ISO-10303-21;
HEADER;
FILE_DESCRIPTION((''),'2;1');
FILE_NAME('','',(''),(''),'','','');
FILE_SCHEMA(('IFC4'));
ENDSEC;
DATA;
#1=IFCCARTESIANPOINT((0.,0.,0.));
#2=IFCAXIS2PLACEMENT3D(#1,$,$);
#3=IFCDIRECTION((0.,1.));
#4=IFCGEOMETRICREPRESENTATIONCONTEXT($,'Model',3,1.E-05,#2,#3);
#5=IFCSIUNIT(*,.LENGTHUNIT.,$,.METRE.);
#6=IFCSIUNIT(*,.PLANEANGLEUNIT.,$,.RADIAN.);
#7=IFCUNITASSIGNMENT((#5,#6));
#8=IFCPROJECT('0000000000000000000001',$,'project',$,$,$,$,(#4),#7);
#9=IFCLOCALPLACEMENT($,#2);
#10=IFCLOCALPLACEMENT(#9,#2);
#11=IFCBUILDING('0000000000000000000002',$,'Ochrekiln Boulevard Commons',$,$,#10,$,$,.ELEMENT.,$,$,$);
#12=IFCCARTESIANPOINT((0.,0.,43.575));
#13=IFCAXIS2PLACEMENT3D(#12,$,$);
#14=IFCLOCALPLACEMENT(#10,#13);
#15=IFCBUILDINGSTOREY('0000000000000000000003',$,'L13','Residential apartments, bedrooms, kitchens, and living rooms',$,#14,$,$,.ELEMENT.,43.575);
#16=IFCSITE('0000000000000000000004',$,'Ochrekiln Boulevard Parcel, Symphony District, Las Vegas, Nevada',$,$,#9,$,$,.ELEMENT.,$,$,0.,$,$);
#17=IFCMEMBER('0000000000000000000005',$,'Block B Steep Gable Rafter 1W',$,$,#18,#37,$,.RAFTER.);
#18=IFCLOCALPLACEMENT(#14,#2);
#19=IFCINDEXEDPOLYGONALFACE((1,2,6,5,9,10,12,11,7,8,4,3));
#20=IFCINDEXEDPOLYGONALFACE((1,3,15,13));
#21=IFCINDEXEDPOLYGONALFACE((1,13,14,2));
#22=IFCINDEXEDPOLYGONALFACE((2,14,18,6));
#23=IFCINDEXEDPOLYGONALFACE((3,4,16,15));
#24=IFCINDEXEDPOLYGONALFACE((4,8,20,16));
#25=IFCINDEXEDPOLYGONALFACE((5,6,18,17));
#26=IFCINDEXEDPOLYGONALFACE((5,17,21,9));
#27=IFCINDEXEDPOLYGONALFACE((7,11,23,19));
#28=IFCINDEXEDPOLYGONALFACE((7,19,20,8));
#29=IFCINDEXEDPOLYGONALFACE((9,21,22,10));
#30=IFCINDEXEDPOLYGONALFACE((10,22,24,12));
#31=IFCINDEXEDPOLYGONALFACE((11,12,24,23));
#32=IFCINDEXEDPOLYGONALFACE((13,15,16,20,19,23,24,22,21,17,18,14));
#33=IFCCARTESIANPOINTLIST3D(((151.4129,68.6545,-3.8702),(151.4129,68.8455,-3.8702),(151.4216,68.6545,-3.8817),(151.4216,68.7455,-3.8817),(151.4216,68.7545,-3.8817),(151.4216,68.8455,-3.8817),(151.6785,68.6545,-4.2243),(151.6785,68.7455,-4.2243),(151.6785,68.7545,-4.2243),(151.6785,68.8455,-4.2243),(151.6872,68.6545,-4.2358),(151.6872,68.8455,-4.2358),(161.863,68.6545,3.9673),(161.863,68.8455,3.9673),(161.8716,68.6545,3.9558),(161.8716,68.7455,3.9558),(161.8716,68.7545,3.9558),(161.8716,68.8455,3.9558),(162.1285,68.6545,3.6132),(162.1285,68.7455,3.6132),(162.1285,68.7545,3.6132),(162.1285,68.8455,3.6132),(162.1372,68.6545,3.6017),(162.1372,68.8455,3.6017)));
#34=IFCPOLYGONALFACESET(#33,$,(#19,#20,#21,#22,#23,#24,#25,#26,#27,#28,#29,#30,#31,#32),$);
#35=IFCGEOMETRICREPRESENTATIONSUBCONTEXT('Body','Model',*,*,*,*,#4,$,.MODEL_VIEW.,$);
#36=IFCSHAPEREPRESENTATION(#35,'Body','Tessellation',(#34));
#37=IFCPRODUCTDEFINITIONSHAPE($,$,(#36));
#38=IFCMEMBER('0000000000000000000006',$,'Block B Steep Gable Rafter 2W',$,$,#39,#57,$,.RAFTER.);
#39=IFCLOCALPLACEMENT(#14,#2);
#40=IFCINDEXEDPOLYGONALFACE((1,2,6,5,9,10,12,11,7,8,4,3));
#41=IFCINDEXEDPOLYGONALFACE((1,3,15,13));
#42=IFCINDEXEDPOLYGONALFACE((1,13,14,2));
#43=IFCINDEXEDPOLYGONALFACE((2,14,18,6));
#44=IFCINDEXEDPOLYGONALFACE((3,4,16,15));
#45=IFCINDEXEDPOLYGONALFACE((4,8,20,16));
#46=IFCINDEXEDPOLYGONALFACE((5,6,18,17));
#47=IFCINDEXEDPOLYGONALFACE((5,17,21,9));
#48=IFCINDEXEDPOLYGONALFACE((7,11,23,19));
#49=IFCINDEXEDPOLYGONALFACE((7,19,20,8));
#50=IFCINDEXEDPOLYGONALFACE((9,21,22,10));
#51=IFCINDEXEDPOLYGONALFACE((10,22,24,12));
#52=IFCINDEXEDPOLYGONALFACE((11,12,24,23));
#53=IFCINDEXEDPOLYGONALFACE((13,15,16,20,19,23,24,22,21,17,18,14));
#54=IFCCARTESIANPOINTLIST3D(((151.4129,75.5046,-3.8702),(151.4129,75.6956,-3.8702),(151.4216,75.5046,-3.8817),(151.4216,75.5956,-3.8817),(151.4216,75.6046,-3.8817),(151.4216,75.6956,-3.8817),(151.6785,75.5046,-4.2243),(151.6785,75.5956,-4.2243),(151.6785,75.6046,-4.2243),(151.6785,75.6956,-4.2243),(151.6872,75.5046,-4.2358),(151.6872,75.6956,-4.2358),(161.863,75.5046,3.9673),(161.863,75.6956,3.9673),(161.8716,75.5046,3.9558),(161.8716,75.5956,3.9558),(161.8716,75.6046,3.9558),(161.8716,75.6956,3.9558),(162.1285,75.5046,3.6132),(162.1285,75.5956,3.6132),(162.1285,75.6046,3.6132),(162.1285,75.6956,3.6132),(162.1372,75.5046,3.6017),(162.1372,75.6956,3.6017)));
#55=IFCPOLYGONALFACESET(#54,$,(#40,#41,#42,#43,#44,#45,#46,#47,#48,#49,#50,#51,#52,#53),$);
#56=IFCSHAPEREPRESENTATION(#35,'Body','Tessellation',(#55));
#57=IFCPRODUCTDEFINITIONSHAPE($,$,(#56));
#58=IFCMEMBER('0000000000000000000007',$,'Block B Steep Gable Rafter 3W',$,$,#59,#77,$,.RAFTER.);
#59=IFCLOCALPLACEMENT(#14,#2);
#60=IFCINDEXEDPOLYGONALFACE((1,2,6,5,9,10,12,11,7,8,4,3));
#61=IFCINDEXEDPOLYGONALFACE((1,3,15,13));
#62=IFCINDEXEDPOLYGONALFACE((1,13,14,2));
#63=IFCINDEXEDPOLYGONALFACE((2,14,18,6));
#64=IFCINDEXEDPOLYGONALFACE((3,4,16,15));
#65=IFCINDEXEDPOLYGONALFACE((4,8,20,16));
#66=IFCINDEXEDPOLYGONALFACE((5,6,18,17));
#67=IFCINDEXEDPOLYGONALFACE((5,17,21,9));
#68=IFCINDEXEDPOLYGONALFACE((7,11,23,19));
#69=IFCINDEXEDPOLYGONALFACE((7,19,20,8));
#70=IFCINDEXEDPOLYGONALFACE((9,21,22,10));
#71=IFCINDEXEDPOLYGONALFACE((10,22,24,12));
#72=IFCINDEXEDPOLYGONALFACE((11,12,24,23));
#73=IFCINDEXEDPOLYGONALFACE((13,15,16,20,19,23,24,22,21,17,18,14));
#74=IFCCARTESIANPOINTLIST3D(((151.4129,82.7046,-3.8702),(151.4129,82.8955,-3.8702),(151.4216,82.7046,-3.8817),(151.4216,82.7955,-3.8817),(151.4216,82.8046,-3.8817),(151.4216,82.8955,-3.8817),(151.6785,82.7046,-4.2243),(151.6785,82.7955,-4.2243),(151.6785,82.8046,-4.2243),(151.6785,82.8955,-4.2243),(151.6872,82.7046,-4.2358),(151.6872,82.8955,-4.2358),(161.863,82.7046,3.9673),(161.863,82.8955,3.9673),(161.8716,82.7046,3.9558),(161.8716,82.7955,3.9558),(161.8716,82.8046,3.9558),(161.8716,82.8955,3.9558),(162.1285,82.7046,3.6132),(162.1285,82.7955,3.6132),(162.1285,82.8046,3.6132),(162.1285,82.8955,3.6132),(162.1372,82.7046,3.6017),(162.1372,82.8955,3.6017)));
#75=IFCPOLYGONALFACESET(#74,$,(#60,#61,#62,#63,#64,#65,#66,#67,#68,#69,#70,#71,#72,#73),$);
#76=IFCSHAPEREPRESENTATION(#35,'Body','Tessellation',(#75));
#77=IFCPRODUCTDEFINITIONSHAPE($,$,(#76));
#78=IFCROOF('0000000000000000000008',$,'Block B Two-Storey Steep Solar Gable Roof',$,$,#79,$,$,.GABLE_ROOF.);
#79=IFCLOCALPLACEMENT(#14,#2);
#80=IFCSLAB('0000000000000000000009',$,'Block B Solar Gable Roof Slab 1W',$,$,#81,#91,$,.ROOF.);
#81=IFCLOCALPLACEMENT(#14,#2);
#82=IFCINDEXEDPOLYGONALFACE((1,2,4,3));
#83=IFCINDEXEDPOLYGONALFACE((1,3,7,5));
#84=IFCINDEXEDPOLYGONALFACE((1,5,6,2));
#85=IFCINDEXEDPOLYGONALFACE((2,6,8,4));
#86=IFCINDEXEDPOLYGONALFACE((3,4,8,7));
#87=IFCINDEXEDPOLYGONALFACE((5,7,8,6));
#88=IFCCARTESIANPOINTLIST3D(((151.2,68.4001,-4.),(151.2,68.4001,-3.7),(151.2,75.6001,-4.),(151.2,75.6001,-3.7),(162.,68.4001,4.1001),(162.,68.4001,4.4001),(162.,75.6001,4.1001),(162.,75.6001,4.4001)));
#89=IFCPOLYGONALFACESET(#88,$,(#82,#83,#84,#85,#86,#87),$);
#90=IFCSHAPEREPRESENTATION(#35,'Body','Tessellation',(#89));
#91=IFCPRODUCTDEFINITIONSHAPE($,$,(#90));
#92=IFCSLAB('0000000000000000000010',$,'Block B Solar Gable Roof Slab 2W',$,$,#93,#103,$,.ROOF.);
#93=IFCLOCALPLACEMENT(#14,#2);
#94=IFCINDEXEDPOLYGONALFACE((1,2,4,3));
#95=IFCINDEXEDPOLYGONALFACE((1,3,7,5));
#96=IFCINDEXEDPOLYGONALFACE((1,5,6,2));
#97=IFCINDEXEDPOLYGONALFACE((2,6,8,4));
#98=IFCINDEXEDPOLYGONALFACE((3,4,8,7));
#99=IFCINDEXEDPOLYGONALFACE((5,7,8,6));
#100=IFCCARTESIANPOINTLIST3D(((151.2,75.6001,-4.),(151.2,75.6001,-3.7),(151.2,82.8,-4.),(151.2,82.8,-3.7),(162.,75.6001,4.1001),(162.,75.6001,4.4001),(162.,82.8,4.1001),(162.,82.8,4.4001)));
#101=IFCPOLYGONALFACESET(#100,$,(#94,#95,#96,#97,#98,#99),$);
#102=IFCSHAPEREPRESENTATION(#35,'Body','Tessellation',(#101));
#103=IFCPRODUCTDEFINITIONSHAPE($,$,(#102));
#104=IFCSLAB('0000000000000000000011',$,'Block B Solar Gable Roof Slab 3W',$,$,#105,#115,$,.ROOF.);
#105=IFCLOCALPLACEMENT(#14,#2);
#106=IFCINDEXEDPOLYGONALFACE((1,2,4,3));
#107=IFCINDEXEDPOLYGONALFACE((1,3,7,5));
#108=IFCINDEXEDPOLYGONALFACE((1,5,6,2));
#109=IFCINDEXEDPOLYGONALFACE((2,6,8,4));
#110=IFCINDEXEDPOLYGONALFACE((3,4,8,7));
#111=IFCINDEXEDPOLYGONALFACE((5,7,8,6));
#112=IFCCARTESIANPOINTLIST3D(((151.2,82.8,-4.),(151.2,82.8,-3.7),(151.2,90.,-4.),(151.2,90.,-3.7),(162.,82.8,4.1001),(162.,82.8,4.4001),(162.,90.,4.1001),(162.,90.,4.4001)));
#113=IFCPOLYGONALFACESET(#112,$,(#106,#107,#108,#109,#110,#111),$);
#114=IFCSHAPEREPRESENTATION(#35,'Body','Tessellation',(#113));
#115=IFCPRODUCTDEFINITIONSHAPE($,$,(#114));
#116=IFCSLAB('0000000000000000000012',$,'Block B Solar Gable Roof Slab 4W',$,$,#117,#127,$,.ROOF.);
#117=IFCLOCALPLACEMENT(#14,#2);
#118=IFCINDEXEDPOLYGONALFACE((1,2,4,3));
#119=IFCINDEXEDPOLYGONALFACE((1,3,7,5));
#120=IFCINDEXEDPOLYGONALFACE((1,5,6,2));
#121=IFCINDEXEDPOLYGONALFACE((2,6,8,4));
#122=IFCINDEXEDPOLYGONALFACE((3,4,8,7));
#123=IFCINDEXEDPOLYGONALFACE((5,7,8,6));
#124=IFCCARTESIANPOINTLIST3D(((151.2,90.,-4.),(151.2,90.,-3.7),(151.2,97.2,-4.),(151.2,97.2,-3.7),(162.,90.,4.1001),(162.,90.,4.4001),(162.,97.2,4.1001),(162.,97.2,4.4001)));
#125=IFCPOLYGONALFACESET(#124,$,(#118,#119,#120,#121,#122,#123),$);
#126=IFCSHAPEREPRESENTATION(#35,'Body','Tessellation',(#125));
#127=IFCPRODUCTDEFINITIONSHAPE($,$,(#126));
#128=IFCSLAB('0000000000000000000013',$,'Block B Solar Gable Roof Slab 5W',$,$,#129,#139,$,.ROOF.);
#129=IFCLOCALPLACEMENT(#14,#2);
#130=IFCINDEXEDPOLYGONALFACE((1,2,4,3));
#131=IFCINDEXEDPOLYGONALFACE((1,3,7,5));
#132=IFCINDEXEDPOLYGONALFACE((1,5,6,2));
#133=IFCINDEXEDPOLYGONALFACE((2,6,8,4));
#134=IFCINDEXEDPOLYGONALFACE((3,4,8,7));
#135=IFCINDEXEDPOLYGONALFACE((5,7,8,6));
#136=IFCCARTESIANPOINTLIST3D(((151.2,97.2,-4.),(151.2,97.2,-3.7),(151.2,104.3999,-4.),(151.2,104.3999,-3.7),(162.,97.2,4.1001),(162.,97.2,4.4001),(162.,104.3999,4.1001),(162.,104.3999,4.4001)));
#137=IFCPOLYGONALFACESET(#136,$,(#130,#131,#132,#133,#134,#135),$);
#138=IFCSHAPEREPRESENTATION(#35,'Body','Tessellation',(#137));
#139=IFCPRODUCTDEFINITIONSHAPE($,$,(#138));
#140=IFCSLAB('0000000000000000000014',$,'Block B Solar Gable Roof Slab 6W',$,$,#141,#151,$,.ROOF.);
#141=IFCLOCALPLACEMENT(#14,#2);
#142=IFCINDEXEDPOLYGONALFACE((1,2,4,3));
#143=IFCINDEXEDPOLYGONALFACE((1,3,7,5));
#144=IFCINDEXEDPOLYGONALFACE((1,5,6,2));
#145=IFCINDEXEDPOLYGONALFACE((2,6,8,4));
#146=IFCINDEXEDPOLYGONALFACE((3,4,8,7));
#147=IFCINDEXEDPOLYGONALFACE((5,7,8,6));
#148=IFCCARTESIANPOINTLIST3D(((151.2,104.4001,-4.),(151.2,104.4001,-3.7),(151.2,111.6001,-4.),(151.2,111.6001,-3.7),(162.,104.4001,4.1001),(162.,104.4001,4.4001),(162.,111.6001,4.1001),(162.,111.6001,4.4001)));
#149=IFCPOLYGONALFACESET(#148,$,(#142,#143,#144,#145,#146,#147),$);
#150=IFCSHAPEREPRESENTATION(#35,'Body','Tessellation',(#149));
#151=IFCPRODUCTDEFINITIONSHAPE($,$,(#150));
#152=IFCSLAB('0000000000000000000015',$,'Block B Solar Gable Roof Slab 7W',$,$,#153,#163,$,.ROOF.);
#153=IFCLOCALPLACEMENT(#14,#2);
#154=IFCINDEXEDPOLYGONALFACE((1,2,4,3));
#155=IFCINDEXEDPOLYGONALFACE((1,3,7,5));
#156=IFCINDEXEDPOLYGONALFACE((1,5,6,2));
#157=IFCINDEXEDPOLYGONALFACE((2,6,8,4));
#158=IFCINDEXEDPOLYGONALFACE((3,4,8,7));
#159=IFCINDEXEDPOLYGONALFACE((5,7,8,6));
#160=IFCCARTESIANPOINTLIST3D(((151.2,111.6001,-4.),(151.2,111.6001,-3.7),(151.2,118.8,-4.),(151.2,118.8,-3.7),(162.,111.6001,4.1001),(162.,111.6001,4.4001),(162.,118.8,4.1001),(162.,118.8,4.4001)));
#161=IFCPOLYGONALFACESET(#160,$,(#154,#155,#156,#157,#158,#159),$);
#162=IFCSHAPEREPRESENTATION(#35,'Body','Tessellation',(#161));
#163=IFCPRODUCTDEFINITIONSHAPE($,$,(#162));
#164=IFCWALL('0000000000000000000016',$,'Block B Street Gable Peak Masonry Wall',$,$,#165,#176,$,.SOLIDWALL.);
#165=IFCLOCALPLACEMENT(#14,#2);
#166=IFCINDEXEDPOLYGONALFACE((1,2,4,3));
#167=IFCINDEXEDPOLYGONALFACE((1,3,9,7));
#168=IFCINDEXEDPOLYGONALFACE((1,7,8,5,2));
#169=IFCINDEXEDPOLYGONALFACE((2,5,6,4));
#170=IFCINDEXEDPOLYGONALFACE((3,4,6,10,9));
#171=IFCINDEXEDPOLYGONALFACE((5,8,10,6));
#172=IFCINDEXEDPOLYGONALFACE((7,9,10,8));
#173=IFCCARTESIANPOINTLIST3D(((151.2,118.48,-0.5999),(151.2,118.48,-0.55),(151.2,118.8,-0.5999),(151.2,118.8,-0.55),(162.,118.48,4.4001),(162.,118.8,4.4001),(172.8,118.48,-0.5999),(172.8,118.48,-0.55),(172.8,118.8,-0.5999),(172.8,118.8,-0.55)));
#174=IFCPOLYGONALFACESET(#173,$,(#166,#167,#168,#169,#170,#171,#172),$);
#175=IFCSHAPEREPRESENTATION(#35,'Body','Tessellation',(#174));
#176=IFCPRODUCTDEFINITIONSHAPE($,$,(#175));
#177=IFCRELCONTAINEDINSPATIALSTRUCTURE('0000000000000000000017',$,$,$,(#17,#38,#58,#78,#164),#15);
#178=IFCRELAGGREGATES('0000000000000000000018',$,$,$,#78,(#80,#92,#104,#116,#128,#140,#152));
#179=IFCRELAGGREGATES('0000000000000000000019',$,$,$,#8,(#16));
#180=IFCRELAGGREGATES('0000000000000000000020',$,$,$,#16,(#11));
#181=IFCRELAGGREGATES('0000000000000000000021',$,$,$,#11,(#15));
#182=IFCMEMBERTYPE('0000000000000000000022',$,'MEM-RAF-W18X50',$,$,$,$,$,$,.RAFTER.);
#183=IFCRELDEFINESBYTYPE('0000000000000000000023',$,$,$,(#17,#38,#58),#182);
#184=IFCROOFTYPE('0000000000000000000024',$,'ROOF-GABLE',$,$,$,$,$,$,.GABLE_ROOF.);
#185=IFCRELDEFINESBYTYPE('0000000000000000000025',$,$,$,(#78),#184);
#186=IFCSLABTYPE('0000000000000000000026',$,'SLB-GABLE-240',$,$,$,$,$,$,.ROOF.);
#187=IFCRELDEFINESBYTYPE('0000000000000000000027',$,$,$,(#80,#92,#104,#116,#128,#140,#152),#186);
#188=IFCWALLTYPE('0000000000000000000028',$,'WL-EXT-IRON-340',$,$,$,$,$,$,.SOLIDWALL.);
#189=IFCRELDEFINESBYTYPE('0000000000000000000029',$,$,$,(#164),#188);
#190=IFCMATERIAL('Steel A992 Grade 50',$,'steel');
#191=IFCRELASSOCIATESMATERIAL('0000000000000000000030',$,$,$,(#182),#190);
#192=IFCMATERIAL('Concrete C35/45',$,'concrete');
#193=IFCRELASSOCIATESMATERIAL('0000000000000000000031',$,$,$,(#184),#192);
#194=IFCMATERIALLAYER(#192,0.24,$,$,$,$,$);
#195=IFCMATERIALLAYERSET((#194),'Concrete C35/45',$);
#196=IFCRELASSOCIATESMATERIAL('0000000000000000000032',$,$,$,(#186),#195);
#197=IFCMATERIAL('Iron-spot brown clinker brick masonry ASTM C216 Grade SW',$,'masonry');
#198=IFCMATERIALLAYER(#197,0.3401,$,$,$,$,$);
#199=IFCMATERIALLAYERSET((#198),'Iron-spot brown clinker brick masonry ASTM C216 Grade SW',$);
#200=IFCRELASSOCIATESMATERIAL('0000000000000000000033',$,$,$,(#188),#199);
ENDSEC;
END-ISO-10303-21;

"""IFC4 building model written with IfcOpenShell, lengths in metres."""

from ifc_helpers import new_model, si_unit, direction, frame, origin, origin_2d, place, context, subcontext, project, spatial, polyline, i_section, outline, extrude, material, layer, layer_set, material_profile, profile_set, type_object, element, aggregate, save


model = new_model("IFC4")

# Units and contexts
model_context = context("Model", 3, precision=1e-05, world=origin(), true_north=direction((0.0, 1.0)))
body_context = subcontext(model_context, "Body", "Model", "MODEL_VIEW")
ifc_project = project(units=[si_unit("LENGTHUNIT", "METRE"), si_unit("PLANEANGLEUNIT", "RADIAN")], contexts=[model_context])

# Site, building, storey
site_placement = place(None, origin())
site = spatial("IfcSite", under=ifc_project, at=site_placement, Name="Ochrekiln Boulevard Parcel, Symphony District, Las Vegas, Nevada", CompositionType="ELEMENT", RefElevation=0.0)
building_placement = place(site_placement, origin())
building = spatial("IfcBuilding", under=site, at=building_placement, Name="Ochrekiln Boulevard Commons", CompositionType="ELEMENT")
storey_placement = place(building_placement, frame((0.0, 0.0, 43.575)))
storey = spatial("IfcBuildingStorey", under=building, at=storey_placement, Name="L13", Description="Residential apartments, bedrooms, kitchens, and living rooms", CompositionType="ELEMENT", Elevation=43.575)

# Members
ifc_material_1 = material(Name="Steel A992 Grade 50", Category="steel")
ifc_material_profile = material_profile(ifc_material_1, i_section(OverallWidth=0.1909, OverallDepth=0.457, WebThickness=0.009, FlangeThickness=0.0144, at=origin_2d()), Name="W18X50")
ifc_profile_set = profile_set([ifc_material_profile], Name="Steel A992 Grade 50")
member_type = type_object("IfcMemberType", Name="MEM-RAF-W18X50", PredefinedType="RAFTER", material=ifc_profile_set)
for number, where, z_axis, x_axis, name in (
    (1, (151.55, 68.75, -4.053), (0.800002, 0.0, 0.599997), (0.0, 1.0, 0.0), "Block B Steep Gable Rafter 1W"),
    (2, (151.55, 75.6001, -4.053), (0.800002, 0.0, 0.599997), (0.0, 1.0, 0.0), "Block B Steep Gable Rafter 2W"),
    (3, (151.55, 82.8, -4.053), (0.800002, 0.0, 0.599997), (0.0, 1.0, 0.0), "Block B Steep Gable Rafter 3W"),
):
    element("IfcMember", number, at=place(storey_placement, frame(where, z_axis=z_axis, x_axis=x_axis)), inside=storey, type_object=member_type, Name=name, PredefinedType="RAFTER", context=body_context, shape_type="SweptSolid", body=[
        extrude(i_section(OverallWidth=0.1909, OverallDepth=0.457, WebThickness=0.009, FlangeThickness=0.0144, at=origin_2d()), origin(), (0.0, 0.0, 1.0), 13.0625),
    ])

# Roof, slabs
ifc_material_2 = material(Name="Concrete C35/45", Category="concrete")
roof_type = type_object("IfcRoofType", Name="ROOF-GABLE", PredefinedType="GABLE_ROOF", material=ifc_material_2)
roof_placement = place(storey_placement, origin())
roof = element("IfcRoof", 4, at=roof_placement, inside=storey, type_object=roof_type, Name="Block B Two-Storey Steep Solar Gable Roof", PredefinedType="GABLE_ROOF")
ifc_layer_1 = layer(ifc_material_2, 0.24)
ifc_layer_set_1 = layer_set([ifc_layer_1], Name="Concrete C35/45")
slab_type = type_object("IfcSlabType", Name="SLB-GABLE-240", PredefinedType="ROOF", material=ifc_layer_set_1)
slab_1_placement = place(storey_placement, frame((151.2, 75.6001, -3.7), z_axis=(0.0, -1.0, 0.0), x_axis=(1.0, 0.0, 0.0)))
slab_1 = element("IfcSlab", 5, at=slab_1_placement, type_object=slab_type, Name="Block B Solar Gable Roof Slab 1W", PredefinedType="ROOF", context=body_context, shape_type="SweptSolid", body=[
    extrude(outline(polyline([(0.0, 0.0), (10.8, 8.1001), (10.8, 7.8), (0.0, -0.3), (0.0, 0.0)])), origin(), (0.0, 0.0, 1.0), 7.2),
])
slab_2_placement = place(storey_placement, frame((151.2, 82.8, -3.7), z_axis=(0.0, -1.0, 0.0), x_axis=(1.0, 0.0, 0.0)))
slab_2 = element("IfcSlab", 6, at=slab_2_placement, type_object=slab_type, Name="Block B Solar Gable Roof Slab 2W", PredefinedType="ROOF", context=body_context, shape_type="SweptSolid", body=[
    extrude(outline(polyline([(0.0, 0.0), (10.8, 8.1001), (10.8, 7.8), (0.0, -0.3), (0.0, 0.0)])), origin(), (0.0, 0.0, 1.0), 7.2),
])
slab_3_placement = place(storey_placement, frame((151.2, 90.0, -3.7), z_axis=(0.0, -1.0, 0.0), x_axis=(1.0, 0.0, 0.0)))
slab_3 = element("IfcSlab", 7, at=slab_3_placement, type_object=slab_type, Name="Block B Solar Gable Roof Slab 3W", PredefinedType="ROOF", context=body_context, shape_type="SweptSolid", body=[
    extrude(outline(polyline([(0.0, 0.0), (10.8, 8.1001), (10.8, 7.8), (0.0, -0.3), (0.0, 0.0)])), origin(), (0.0, 0.0, 1.0), 7.2),
])
slab_4_placement = place(storey_placement, frame((151.2, 97.2, -3.7), z_axis=(0.0, -1.0, 0.0), x_axis=(1.0, 0.0, 0.0)))
slab_4 = element("IfcSlab", 8, at=slab_4_placement, type_object=slab_type, Name="Block B Solar Gable Roof Slab 4W", PredefinedType="ROOF", context=body_context, shape_type="SweptSolid", body=[
    extrude(outline(polyline([(0.0, 0.0), (10.8, 8.1001), (10.8, 7.8), (0.0, -0.3), (0.0, 0.0)])), origin(), (0.0, 0.0, 1.0), 7.2),
])
slab_5_placement = place(storey_placement, frame((151.2, 104.3999, -3.7), z_axis=(0.0, -1.0, 0.0), x_axis=(1.0, 0.0, 0.0)))
slab_5 = element("IfcSlab", 9, at=slab_5_placement, type_object=slab_type, Name="Block B Solar Gable Roof Slab 5W", PredefinedType="ROOF", context=body_context, shape_type="SweptSolid", body=[
    extrude(outline(polyline([(0.0, 0.0), (10.8, 8.1001), (10.8, 7.8), (0.0, -0.3), (0.0, 0.0)])), origin(), (0.0, 0.0, 1.0), 7.2),
])
slab_6_placement = place(storey_placement, frame((151.2, 111.6001, -3.7), z_axis=(0.0, -1.0, 0.0), x_axis=(1.0, 0.0, 0.0)))
slab_6 = element("IfcSlab", 10, at=slab_6_placement, type_object=slab_type, Name="Block B Solar Gable Roof Slab 6W", PredefinedType="ROOF", context=body_context, shape_type="SweptSolid", body=[
    extrude(outline(polyline([(0.0, 0.0), (10.8, 8.1001), (10.8, 7.8), (0.0, -0.3), (0.0, 0.0)])), origin(), (0.0, 0.0, 1.0), 7.2),
])
slab_7_placement = place(storey_placement, frame((151.2, 118.8, -3.7), z_axis=(0.0, -1.0, 0.0), x_axis=(1.0, 0.0, 0.0)))
slab_7 = element("IfcSlab", 11, at=slab_7_placement, type_object=slab_type, Name="Block B Solar Gable Roof Slab 7W", PredefinedType="ROOF", context=body_context, shape_type="SweptSolid", body=[
    extrude(outline(polyline([(0.0, 0.0), (10.8, 8.1001), (10.8, 7.8), (0.0, -0.3), (0.0, 0.0)])), origin(), (0.0, 0.0, 1.0), 7.2),
])
aggregate(roof, [slab_1, slab_2, slab_3, slab_4, slab_5, slab_6, slab_7])

# Wall
ifc_material_3 = material(Name="Iron-spot brown clinker brick masonry ASTM C216 Grade SW", Category="masonry")
ifc_layer_2 = layer(ifc_material_3, 0.3401)
ifc_layer_set_2 = layer_set([ifc_layer_2], Name="Iron-spot brown clinker brick masonry ASTM C216 Grade SW")
wall_type_1 = type_object("IfcWallType", Name="WL-EXT-IRON-340", PredefinedType="SOLIDWALL", material=ifc_layer_set_2)
wall_1_placement = place(storey_placement, frame((151.2, 118.6399, -0.5999), z_axis=(0.0, 0.0, 1.0), x_axis=(1.0, 0.0, 0.0)))
element("IfcWall", 12, at=wall_1_placement, inside=storey, type_object=wall_type_1, Name="Block B Street Gable Peak Masonry Wall", PredefinedType="SOLIDWALL", context=body_context, shape_type="SweptSolid", body=[
    extrude(outline(polyline([(0.0, 0.0), (21.6001, 0.0), (21.6001, 0.0498), (10.8, 5.0), (0.0, 0.0498), (0.0, 0.0)])), frame((0.0, 0.1602, 0.0), z_axis=(0.0, -1.0, 0.0), x_axis=(1.0, 0.0, 0.0)), (0.0, 0.0, 1.0), 0.3201),
])

save(model, "model.ifc")
